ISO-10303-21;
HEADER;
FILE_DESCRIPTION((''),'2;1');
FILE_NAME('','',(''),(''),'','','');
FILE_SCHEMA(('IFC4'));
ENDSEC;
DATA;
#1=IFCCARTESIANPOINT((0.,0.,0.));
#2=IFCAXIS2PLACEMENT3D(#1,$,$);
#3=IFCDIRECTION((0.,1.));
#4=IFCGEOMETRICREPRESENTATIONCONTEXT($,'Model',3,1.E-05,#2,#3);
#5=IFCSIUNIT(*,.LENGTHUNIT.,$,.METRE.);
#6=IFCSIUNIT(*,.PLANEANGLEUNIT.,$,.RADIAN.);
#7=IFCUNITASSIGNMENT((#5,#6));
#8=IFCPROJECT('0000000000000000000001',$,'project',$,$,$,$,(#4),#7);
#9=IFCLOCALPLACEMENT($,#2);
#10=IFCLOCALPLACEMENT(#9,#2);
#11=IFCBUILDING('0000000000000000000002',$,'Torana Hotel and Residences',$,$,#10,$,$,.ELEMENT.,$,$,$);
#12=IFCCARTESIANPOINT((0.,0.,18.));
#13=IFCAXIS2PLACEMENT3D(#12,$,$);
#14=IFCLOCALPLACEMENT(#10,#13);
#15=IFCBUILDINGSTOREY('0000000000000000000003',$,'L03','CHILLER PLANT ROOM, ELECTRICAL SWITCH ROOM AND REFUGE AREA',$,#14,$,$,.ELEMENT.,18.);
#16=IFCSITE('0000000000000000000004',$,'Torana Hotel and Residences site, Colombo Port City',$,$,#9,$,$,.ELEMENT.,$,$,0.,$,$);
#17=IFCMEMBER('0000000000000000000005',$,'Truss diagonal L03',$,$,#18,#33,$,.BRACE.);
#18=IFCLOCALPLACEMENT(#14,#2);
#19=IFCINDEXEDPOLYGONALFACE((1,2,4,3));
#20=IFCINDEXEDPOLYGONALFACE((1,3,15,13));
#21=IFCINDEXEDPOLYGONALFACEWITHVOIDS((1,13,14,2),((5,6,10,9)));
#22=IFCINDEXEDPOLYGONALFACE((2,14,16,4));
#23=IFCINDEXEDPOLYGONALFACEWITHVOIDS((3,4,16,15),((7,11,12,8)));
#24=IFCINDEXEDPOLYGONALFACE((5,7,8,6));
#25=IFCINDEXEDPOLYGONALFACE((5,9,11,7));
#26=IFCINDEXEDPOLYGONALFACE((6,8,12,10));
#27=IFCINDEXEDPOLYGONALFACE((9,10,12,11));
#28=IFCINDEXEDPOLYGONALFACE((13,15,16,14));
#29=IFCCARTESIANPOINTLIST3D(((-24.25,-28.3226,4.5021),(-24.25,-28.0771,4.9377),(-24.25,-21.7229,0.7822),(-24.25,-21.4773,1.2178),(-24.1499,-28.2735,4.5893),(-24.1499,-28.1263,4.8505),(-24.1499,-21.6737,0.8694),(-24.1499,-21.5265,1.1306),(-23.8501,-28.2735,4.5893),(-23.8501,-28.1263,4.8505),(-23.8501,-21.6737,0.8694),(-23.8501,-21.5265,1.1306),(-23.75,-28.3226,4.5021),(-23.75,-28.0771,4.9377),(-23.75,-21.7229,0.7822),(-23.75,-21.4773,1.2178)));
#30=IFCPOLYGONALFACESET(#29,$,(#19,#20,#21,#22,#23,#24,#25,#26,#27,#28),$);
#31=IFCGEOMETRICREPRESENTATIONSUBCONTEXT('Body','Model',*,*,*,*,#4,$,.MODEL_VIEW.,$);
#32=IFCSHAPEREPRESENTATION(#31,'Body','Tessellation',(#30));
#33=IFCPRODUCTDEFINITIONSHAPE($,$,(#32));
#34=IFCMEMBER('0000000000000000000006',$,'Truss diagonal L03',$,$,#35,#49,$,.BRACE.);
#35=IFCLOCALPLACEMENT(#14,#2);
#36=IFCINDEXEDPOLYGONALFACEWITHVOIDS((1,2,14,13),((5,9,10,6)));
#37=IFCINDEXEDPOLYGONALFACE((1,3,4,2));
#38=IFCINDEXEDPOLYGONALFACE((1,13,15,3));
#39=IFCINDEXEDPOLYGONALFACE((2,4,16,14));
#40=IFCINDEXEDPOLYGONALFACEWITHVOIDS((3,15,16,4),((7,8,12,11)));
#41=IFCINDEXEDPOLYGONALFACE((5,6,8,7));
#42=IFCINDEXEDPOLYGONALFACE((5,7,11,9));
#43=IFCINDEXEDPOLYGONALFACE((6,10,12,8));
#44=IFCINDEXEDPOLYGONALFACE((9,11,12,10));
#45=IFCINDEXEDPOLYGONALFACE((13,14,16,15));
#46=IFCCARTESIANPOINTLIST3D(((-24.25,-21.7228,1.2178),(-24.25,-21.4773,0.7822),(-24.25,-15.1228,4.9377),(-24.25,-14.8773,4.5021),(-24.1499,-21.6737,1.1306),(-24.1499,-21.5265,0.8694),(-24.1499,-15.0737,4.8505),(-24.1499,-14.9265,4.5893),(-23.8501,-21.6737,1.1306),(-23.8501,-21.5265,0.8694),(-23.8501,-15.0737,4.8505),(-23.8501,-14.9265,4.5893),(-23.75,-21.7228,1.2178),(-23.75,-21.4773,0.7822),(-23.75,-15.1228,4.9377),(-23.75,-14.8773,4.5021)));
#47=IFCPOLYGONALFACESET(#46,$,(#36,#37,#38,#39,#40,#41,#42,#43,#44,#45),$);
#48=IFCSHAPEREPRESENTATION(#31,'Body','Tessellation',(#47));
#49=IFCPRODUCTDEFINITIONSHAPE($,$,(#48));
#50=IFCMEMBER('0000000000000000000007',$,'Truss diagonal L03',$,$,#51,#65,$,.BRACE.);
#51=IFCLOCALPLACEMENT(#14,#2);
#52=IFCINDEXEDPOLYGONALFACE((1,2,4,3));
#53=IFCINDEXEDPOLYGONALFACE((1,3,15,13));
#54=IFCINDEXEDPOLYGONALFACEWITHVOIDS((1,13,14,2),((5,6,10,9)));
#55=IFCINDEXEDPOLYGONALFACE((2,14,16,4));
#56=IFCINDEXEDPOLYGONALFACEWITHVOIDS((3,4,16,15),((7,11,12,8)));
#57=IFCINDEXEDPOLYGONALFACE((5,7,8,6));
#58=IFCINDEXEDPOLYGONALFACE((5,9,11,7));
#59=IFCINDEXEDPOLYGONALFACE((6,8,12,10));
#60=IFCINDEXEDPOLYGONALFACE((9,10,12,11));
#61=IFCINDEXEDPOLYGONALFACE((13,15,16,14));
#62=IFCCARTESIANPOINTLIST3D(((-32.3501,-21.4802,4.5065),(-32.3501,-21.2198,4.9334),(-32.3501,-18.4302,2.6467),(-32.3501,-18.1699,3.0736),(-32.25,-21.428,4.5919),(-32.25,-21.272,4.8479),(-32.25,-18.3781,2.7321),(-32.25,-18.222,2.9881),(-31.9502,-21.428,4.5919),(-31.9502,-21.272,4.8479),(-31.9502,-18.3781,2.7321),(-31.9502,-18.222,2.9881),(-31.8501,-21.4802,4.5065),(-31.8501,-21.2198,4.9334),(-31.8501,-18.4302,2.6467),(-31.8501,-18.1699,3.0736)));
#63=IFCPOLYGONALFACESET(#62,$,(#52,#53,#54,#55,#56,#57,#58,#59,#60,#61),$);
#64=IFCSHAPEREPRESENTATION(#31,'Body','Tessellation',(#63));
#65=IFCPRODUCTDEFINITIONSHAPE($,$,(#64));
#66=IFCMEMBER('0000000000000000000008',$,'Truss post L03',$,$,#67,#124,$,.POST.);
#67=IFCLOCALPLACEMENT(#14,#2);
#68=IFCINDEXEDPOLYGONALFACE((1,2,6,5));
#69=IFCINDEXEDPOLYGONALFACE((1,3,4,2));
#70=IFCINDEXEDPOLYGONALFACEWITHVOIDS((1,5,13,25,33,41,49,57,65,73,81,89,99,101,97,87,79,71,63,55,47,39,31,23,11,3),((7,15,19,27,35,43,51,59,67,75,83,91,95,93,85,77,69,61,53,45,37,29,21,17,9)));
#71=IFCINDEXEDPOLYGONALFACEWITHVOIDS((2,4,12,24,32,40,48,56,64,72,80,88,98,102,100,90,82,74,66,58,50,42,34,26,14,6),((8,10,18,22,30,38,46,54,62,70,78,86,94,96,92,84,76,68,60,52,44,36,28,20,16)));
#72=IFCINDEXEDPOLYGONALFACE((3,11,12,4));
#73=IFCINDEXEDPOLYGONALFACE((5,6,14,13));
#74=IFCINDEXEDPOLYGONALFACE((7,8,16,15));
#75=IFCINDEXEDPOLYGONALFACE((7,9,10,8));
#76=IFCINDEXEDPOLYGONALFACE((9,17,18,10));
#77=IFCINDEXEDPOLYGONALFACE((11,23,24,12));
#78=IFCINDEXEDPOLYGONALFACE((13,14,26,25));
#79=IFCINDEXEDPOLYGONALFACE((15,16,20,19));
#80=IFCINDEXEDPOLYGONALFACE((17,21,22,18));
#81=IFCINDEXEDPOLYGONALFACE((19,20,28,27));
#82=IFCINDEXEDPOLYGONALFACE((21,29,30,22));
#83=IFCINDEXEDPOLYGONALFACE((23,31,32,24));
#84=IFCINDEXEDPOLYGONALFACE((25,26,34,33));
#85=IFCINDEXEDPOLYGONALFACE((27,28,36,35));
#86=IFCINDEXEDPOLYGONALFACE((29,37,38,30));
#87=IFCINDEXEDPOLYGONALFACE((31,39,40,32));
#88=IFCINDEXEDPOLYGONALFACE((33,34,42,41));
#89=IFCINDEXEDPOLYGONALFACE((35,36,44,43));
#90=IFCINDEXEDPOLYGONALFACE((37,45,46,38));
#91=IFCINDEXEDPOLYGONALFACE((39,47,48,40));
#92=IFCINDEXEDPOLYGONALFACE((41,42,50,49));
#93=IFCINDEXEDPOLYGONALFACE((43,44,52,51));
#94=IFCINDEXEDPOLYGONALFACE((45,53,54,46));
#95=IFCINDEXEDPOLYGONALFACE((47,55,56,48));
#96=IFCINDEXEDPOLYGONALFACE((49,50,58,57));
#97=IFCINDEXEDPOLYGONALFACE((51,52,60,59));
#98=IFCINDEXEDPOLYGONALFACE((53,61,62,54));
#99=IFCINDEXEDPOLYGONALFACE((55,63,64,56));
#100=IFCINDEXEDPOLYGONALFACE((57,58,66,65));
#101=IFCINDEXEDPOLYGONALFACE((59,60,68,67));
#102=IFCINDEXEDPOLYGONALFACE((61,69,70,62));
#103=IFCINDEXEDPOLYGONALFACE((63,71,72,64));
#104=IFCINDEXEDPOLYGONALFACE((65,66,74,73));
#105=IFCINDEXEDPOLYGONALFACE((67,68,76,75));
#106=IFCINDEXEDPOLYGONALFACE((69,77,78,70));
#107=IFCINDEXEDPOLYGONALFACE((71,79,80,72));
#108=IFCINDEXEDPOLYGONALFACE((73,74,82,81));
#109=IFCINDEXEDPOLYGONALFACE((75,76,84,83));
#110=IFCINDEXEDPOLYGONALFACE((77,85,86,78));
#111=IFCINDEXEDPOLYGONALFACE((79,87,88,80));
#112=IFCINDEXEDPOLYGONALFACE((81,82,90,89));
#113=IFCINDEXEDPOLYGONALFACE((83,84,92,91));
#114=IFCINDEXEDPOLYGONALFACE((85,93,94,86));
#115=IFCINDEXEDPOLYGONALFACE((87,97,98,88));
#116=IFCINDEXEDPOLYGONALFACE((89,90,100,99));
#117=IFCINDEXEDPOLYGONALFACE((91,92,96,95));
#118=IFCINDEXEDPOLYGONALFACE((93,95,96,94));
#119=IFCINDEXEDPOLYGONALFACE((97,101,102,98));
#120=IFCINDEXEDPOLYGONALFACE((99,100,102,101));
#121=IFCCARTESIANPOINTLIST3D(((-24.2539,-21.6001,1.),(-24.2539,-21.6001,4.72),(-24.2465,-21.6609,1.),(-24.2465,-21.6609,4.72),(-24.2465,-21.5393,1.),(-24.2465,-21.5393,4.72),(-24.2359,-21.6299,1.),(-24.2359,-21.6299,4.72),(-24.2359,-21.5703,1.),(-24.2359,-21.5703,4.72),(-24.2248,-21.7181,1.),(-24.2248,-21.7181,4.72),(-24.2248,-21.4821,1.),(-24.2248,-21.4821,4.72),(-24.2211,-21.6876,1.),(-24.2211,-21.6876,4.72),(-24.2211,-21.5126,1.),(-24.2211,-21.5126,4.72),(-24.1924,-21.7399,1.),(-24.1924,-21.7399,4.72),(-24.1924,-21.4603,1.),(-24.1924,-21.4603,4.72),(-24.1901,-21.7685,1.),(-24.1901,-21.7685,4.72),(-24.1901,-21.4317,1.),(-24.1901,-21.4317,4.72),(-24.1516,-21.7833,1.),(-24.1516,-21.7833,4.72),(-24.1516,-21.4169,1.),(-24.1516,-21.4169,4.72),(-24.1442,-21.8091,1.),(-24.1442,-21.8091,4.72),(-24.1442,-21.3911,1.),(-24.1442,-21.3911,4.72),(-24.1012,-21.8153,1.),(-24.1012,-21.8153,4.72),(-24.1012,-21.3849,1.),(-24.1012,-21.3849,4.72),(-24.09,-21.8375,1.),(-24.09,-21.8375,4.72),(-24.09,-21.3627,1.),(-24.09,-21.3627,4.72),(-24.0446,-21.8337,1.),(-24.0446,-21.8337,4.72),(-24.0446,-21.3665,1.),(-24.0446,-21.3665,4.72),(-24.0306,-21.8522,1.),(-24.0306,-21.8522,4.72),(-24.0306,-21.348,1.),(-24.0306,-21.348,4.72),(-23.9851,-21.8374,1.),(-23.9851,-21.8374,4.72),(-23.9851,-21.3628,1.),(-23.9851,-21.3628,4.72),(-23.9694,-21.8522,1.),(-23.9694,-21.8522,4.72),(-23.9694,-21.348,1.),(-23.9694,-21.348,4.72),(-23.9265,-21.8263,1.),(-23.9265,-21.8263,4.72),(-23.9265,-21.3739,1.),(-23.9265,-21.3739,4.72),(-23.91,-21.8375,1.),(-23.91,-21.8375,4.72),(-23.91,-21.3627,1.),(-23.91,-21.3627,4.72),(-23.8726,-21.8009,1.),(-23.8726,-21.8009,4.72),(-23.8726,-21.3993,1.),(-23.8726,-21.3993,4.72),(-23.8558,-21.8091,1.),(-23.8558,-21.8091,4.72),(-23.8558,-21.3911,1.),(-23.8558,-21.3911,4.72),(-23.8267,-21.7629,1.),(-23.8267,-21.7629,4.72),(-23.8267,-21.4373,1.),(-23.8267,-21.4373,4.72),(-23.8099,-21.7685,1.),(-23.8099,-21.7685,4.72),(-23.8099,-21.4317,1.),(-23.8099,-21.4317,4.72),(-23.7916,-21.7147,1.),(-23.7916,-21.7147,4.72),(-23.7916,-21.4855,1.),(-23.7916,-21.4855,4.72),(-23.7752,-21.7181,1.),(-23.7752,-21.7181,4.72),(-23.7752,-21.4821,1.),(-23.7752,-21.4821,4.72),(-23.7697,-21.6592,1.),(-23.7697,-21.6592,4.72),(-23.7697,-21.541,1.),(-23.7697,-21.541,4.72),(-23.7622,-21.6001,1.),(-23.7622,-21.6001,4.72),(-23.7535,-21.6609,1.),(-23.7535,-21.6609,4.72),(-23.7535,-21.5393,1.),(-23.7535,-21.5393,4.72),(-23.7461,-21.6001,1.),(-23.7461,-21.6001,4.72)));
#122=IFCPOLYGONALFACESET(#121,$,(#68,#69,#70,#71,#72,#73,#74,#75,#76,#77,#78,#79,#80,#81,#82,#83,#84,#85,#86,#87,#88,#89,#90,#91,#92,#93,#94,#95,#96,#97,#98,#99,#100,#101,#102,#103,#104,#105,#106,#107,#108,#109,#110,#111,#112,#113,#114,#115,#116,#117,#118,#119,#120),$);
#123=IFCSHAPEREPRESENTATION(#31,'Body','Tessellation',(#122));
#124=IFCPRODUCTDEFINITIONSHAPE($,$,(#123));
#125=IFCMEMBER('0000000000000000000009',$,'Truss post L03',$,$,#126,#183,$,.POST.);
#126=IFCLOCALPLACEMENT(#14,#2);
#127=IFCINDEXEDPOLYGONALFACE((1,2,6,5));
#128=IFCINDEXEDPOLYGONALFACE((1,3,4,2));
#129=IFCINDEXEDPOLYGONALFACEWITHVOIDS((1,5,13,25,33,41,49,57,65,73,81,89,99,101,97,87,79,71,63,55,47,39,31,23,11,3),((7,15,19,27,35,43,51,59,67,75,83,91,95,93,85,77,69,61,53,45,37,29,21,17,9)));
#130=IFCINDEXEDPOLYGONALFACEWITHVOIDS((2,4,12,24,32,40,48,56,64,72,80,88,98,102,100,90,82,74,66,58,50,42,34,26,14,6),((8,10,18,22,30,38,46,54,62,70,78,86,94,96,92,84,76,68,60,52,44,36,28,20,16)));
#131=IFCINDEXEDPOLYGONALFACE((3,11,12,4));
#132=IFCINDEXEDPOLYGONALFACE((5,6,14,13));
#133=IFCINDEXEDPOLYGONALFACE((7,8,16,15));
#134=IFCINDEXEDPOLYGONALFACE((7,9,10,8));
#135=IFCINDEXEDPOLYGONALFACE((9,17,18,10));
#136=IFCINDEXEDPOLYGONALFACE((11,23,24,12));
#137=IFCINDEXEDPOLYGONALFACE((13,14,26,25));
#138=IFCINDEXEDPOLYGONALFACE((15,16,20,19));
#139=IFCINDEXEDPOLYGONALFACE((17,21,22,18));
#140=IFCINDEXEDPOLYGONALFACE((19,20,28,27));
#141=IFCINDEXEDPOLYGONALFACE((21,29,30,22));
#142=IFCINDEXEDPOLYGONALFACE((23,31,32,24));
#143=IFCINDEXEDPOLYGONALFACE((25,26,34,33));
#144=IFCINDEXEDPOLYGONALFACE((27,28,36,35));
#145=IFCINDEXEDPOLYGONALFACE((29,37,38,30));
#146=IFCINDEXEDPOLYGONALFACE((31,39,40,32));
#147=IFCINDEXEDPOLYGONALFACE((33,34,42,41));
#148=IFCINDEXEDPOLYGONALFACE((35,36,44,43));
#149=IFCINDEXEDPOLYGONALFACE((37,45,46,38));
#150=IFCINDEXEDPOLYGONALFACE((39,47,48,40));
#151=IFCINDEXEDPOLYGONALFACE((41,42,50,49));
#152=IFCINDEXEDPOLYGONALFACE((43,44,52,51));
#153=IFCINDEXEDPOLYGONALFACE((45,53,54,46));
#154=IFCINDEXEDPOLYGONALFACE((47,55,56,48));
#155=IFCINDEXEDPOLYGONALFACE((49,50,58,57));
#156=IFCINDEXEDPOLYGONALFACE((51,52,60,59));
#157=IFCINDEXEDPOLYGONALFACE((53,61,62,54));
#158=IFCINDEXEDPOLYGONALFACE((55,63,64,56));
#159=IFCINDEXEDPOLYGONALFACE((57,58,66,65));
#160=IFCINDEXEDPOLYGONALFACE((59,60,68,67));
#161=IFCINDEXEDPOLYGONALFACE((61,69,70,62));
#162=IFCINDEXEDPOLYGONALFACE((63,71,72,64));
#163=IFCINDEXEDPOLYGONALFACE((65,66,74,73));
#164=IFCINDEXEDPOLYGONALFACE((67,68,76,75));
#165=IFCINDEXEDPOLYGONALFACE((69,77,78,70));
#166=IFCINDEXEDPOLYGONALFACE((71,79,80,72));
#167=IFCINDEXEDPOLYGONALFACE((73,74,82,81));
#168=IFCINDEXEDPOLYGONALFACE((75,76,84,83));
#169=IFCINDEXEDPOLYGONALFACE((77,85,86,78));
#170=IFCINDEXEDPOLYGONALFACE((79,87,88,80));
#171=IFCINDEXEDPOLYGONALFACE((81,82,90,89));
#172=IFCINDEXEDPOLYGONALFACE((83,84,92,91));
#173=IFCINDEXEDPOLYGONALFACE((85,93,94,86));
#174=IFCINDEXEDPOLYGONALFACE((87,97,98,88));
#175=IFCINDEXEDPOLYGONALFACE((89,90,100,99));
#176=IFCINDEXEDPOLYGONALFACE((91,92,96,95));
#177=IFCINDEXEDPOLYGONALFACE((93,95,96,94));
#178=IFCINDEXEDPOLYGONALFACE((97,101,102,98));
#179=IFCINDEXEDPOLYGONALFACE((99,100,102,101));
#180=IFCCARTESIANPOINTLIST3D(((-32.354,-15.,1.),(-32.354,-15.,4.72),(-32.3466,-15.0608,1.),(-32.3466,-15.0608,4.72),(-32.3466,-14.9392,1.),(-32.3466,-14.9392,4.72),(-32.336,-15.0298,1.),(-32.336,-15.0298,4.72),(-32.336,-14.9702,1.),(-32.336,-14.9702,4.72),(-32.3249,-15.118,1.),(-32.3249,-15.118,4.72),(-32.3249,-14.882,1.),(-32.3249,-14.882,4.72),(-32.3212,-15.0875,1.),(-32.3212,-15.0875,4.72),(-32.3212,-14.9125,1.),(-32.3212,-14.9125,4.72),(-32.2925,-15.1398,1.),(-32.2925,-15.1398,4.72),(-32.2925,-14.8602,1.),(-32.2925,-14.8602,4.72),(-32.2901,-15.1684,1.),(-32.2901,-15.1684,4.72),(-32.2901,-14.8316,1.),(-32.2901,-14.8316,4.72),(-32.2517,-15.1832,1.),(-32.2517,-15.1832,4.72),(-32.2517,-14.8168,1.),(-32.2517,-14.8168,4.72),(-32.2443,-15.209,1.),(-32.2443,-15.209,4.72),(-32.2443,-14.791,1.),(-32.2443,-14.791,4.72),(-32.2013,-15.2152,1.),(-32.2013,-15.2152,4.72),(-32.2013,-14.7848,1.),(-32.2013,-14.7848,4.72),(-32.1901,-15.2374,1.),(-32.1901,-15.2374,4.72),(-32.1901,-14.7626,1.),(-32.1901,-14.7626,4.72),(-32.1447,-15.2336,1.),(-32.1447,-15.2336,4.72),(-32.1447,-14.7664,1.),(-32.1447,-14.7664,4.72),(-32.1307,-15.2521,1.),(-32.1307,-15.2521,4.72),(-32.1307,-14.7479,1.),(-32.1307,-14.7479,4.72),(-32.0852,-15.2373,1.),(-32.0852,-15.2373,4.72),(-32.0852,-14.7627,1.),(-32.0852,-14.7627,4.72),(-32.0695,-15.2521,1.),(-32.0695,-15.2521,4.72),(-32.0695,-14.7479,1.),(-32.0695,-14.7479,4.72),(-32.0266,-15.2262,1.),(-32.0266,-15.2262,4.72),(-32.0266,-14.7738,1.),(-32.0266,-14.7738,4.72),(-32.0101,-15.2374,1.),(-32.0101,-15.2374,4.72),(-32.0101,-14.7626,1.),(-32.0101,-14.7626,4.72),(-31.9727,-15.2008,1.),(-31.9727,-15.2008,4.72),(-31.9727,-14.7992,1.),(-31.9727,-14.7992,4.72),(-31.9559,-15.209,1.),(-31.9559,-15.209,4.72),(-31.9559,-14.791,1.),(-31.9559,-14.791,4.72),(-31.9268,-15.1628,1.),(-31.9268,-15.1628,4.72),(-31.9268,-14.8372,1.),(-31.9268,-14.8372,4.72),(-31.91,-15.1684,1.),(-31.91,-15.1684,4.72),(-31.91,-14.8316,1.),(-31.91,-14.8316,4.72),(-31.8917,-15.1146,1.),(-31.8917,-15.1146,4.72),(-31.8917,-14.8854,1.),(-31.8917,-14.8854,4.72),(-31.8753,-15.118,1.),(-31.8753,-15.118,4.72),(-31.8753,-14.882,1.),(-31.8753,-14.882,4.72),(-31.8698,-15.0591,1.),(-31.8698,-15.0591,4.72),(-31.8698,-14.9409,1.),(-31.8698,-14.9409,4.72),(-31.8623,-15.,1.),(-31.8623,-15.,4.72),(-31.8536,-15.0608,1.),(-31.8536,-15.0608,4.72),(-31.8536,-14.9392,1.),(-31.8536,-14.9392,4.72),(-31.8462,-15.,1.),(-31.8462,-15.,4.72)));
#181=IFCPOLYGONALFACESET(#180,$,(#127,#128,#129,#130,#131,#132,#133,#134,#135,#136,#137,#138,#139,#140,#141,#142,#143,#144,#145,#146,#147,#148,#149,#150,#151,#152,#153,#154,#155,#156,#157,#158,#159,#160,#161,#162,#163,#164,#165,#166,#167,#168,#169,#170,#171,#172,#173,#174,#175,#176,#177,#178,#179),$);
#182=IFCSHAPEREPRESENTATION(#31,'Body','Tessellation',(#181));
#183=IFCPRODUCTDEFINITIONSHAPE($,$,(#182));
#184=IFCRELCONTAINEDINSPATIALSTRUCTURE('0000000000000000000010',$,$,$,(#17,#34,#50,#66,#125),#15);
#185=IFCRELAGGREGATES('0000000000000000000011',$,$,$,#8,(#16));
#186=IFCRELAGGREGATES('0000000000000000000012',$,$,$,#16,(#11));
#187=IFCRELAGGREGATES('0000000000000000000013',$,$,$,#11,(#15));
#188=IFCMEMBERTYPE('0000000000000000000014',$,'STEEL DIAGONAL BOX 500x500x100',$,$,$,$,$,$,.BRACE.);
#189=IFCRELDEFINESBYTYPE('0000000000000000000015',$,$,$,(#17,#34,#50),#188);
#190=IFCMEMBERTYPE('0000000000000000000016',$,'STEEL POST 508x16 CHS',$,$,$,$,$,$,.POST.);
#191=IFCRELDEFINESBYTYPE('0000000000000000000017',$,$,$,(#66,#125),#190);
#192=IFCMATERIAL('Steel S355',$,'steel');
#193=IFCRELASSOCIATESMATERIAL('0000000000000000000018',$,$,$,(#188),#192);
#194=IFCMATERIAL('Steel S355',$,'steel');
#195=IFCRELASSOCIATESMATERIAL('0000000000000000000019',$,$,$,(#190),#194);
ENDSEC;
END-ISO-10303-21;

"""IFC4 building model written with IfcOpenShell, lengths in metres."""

from ifc_helpers import new_model, si_unit, direction, frame, origin, origin_2d, place, context, subcontext, project, spatial, hollow_rectangle, hollow_circle, extrude, material, material_profile, profile_set, type_object, element, save


model = new_model("IFC4")

# Units and contexts
model_context = context("Model", 3, precision=1e-05, world=origin(), true_north=direction((0.0, 1.0)))
body_context = subcontext(model_context, "Body", "Model", "MODEL_VIEW")
ifc_project = project(units=[si_unit("LENGTHUNIT", "METRE"), si_unit("PLANEANGLEUNIT", "RADIAN")], contexts=[model_context])

# Site, building, storey
site_placement = place(None, origin())
site = spatial("IfcSite", under=ifc_project, at=site_placement, Name="Torana Hotel and Residences site, Colombo Port City", CompositionType="ELEMENT", RefElevation=0.0)
building_placement = place(site_placement, origin())
building = spatial("IfcBuilding", under=site, at=building_placement, Name="Torana Hotel and Residences", CompositionType="ELEMENT")
storey_placement = place(building_placement, frame((0.0, 0.0, 18.0)))
storey = spatial("IfcBuildingStorey", under=building, at=storey_placement, Name="L03", Description="CHILLER PLANT ROOM, ELECTRICAL SWITCH ROOM AND REFUGE AREA", CompositionType="ELEMENT", Elevation=18.0)

# Members
ifc_material_1 = material(Name="Steel S355", Category="steel")
ifc_material_profile_1 = material_profile(ifc_material_1, hollow_rectangle(XDim=0.5, YDim=0.5, WallThickness=0.1001, at=origin_2d()), Name="BOX 500x500x100")
ifc_profile_set_1 = profile_set([ifc_material_profile_1], Name="Steel S355")
member_type_1 = type_object("IfcMemberType", Name="STEEL DIAGONAL BOX 500x500x100", PredefinedType="BRACE", material=ifc_profile_set_1)
member_1_placement = place(storey_placement, frame((-24.0, -21.6001, 1.0), z_axis=(0.0, -0.871149, 0.491018), x_axis=(1.0, 0.0, 0.0)))
element("IfcMember", 1, at=member_1_placement, inside=storey, type_object=member_type_1, Name="Truss diagonal L03", PredefinedType="BRACE", context=body_context, shape_type="SweptSolid", body=[
    extrude(hollow_rectangle(XDim=0.5, YDim=0.5, WallThickness=0.1001, at=origin_2d()), origin(), (0.0, 0.0, 1.0), 7.5759),
])
member_2_placement = place(storey_placement, frame((-24.0, -21.6001, 1.0), z_axis=(0.0, 0.871157, 0.491005), x_axis=(-1.0, 0.0, 0.0)))
element("IfcMember", 2, at=member_2_placement, inside=storey, type_object=member_type_1, Name="Truss diagonal L03", PredefinedType="BRACE", context=body_context, shape_type="SweptSolid", body=[
    extrude(hollow_rectangle(XDim=0.5, YDim=0.5, WallThickness=0.1001, at=origin_2d()), origin(), (0.0, 0.0, 1.0), 7.5762),
])
member_3_placement = place(storey_placement, frame((-32.1001, -18.3, 2.8601), z_axis=(0.0, -0.853787, 0.520623), x_axis=(1.0, 0.0, 0.0)))
element("IfcMember", 3, at=member_3_placement, inside=storey, type_object=member_type_1, Name="Truss diagonal L03", PredefinedType="BRACE", context=body_context, shape_type="SweptSolid", body=[
    extrude(hollow_rectangle(XDim=0.5, YDim=0.5, WallThickness=0.1001, at=origin_2d()), origin(), (0.0, 0.0, 1.0), 3.5723),
])
ifc_material_2 = material(Name="Steel S355", Category="steel")
ifc_material_profile_2 = material_profile(ifc_material_2, hollow_circle(Radius=0.2539, WallThickness=0.0161, at=origin_2d()), Name="508x16 CHS")
ifc_profile_set_2 = profile_set([ifc_material_profile_2], Name="Steel S355")
member_type_2 = type_object("IfcMemberType", Name="STEEL POST 508x16 CHS", PredefinedType="POST", material=ifc_profile_set_2)
for number, where, z_axis, x_axis, name in (
    (4, (-24.0, -21.6001, 1.0), (0.0, 0.0, 1.0), (1.0, 0.0, 0.0), "Truss post L03"),
    (5, (-32.1001, -15.0, 1.0), (0.0, 0.0, 1.0), (1.0, 0.0, 0.0), "Truss post L03"),
):
    element("IfcMember", number, at=place(storey_placement, frame(where, z_axis=z_axis, x_axis=x_axis)), inside=storey, type_object=member_type_2, Name=name, PredefinedType="POST", context=body_context, shape_type="SweptSolid", body=[
        extrude(hollow_circle(Radius=0.2539, WallThickness=0.0161, at=origin_2d()), origin(), (0.0, 0.0, 1.0), 3.72),
    ])

save(model, "model.ifc")
